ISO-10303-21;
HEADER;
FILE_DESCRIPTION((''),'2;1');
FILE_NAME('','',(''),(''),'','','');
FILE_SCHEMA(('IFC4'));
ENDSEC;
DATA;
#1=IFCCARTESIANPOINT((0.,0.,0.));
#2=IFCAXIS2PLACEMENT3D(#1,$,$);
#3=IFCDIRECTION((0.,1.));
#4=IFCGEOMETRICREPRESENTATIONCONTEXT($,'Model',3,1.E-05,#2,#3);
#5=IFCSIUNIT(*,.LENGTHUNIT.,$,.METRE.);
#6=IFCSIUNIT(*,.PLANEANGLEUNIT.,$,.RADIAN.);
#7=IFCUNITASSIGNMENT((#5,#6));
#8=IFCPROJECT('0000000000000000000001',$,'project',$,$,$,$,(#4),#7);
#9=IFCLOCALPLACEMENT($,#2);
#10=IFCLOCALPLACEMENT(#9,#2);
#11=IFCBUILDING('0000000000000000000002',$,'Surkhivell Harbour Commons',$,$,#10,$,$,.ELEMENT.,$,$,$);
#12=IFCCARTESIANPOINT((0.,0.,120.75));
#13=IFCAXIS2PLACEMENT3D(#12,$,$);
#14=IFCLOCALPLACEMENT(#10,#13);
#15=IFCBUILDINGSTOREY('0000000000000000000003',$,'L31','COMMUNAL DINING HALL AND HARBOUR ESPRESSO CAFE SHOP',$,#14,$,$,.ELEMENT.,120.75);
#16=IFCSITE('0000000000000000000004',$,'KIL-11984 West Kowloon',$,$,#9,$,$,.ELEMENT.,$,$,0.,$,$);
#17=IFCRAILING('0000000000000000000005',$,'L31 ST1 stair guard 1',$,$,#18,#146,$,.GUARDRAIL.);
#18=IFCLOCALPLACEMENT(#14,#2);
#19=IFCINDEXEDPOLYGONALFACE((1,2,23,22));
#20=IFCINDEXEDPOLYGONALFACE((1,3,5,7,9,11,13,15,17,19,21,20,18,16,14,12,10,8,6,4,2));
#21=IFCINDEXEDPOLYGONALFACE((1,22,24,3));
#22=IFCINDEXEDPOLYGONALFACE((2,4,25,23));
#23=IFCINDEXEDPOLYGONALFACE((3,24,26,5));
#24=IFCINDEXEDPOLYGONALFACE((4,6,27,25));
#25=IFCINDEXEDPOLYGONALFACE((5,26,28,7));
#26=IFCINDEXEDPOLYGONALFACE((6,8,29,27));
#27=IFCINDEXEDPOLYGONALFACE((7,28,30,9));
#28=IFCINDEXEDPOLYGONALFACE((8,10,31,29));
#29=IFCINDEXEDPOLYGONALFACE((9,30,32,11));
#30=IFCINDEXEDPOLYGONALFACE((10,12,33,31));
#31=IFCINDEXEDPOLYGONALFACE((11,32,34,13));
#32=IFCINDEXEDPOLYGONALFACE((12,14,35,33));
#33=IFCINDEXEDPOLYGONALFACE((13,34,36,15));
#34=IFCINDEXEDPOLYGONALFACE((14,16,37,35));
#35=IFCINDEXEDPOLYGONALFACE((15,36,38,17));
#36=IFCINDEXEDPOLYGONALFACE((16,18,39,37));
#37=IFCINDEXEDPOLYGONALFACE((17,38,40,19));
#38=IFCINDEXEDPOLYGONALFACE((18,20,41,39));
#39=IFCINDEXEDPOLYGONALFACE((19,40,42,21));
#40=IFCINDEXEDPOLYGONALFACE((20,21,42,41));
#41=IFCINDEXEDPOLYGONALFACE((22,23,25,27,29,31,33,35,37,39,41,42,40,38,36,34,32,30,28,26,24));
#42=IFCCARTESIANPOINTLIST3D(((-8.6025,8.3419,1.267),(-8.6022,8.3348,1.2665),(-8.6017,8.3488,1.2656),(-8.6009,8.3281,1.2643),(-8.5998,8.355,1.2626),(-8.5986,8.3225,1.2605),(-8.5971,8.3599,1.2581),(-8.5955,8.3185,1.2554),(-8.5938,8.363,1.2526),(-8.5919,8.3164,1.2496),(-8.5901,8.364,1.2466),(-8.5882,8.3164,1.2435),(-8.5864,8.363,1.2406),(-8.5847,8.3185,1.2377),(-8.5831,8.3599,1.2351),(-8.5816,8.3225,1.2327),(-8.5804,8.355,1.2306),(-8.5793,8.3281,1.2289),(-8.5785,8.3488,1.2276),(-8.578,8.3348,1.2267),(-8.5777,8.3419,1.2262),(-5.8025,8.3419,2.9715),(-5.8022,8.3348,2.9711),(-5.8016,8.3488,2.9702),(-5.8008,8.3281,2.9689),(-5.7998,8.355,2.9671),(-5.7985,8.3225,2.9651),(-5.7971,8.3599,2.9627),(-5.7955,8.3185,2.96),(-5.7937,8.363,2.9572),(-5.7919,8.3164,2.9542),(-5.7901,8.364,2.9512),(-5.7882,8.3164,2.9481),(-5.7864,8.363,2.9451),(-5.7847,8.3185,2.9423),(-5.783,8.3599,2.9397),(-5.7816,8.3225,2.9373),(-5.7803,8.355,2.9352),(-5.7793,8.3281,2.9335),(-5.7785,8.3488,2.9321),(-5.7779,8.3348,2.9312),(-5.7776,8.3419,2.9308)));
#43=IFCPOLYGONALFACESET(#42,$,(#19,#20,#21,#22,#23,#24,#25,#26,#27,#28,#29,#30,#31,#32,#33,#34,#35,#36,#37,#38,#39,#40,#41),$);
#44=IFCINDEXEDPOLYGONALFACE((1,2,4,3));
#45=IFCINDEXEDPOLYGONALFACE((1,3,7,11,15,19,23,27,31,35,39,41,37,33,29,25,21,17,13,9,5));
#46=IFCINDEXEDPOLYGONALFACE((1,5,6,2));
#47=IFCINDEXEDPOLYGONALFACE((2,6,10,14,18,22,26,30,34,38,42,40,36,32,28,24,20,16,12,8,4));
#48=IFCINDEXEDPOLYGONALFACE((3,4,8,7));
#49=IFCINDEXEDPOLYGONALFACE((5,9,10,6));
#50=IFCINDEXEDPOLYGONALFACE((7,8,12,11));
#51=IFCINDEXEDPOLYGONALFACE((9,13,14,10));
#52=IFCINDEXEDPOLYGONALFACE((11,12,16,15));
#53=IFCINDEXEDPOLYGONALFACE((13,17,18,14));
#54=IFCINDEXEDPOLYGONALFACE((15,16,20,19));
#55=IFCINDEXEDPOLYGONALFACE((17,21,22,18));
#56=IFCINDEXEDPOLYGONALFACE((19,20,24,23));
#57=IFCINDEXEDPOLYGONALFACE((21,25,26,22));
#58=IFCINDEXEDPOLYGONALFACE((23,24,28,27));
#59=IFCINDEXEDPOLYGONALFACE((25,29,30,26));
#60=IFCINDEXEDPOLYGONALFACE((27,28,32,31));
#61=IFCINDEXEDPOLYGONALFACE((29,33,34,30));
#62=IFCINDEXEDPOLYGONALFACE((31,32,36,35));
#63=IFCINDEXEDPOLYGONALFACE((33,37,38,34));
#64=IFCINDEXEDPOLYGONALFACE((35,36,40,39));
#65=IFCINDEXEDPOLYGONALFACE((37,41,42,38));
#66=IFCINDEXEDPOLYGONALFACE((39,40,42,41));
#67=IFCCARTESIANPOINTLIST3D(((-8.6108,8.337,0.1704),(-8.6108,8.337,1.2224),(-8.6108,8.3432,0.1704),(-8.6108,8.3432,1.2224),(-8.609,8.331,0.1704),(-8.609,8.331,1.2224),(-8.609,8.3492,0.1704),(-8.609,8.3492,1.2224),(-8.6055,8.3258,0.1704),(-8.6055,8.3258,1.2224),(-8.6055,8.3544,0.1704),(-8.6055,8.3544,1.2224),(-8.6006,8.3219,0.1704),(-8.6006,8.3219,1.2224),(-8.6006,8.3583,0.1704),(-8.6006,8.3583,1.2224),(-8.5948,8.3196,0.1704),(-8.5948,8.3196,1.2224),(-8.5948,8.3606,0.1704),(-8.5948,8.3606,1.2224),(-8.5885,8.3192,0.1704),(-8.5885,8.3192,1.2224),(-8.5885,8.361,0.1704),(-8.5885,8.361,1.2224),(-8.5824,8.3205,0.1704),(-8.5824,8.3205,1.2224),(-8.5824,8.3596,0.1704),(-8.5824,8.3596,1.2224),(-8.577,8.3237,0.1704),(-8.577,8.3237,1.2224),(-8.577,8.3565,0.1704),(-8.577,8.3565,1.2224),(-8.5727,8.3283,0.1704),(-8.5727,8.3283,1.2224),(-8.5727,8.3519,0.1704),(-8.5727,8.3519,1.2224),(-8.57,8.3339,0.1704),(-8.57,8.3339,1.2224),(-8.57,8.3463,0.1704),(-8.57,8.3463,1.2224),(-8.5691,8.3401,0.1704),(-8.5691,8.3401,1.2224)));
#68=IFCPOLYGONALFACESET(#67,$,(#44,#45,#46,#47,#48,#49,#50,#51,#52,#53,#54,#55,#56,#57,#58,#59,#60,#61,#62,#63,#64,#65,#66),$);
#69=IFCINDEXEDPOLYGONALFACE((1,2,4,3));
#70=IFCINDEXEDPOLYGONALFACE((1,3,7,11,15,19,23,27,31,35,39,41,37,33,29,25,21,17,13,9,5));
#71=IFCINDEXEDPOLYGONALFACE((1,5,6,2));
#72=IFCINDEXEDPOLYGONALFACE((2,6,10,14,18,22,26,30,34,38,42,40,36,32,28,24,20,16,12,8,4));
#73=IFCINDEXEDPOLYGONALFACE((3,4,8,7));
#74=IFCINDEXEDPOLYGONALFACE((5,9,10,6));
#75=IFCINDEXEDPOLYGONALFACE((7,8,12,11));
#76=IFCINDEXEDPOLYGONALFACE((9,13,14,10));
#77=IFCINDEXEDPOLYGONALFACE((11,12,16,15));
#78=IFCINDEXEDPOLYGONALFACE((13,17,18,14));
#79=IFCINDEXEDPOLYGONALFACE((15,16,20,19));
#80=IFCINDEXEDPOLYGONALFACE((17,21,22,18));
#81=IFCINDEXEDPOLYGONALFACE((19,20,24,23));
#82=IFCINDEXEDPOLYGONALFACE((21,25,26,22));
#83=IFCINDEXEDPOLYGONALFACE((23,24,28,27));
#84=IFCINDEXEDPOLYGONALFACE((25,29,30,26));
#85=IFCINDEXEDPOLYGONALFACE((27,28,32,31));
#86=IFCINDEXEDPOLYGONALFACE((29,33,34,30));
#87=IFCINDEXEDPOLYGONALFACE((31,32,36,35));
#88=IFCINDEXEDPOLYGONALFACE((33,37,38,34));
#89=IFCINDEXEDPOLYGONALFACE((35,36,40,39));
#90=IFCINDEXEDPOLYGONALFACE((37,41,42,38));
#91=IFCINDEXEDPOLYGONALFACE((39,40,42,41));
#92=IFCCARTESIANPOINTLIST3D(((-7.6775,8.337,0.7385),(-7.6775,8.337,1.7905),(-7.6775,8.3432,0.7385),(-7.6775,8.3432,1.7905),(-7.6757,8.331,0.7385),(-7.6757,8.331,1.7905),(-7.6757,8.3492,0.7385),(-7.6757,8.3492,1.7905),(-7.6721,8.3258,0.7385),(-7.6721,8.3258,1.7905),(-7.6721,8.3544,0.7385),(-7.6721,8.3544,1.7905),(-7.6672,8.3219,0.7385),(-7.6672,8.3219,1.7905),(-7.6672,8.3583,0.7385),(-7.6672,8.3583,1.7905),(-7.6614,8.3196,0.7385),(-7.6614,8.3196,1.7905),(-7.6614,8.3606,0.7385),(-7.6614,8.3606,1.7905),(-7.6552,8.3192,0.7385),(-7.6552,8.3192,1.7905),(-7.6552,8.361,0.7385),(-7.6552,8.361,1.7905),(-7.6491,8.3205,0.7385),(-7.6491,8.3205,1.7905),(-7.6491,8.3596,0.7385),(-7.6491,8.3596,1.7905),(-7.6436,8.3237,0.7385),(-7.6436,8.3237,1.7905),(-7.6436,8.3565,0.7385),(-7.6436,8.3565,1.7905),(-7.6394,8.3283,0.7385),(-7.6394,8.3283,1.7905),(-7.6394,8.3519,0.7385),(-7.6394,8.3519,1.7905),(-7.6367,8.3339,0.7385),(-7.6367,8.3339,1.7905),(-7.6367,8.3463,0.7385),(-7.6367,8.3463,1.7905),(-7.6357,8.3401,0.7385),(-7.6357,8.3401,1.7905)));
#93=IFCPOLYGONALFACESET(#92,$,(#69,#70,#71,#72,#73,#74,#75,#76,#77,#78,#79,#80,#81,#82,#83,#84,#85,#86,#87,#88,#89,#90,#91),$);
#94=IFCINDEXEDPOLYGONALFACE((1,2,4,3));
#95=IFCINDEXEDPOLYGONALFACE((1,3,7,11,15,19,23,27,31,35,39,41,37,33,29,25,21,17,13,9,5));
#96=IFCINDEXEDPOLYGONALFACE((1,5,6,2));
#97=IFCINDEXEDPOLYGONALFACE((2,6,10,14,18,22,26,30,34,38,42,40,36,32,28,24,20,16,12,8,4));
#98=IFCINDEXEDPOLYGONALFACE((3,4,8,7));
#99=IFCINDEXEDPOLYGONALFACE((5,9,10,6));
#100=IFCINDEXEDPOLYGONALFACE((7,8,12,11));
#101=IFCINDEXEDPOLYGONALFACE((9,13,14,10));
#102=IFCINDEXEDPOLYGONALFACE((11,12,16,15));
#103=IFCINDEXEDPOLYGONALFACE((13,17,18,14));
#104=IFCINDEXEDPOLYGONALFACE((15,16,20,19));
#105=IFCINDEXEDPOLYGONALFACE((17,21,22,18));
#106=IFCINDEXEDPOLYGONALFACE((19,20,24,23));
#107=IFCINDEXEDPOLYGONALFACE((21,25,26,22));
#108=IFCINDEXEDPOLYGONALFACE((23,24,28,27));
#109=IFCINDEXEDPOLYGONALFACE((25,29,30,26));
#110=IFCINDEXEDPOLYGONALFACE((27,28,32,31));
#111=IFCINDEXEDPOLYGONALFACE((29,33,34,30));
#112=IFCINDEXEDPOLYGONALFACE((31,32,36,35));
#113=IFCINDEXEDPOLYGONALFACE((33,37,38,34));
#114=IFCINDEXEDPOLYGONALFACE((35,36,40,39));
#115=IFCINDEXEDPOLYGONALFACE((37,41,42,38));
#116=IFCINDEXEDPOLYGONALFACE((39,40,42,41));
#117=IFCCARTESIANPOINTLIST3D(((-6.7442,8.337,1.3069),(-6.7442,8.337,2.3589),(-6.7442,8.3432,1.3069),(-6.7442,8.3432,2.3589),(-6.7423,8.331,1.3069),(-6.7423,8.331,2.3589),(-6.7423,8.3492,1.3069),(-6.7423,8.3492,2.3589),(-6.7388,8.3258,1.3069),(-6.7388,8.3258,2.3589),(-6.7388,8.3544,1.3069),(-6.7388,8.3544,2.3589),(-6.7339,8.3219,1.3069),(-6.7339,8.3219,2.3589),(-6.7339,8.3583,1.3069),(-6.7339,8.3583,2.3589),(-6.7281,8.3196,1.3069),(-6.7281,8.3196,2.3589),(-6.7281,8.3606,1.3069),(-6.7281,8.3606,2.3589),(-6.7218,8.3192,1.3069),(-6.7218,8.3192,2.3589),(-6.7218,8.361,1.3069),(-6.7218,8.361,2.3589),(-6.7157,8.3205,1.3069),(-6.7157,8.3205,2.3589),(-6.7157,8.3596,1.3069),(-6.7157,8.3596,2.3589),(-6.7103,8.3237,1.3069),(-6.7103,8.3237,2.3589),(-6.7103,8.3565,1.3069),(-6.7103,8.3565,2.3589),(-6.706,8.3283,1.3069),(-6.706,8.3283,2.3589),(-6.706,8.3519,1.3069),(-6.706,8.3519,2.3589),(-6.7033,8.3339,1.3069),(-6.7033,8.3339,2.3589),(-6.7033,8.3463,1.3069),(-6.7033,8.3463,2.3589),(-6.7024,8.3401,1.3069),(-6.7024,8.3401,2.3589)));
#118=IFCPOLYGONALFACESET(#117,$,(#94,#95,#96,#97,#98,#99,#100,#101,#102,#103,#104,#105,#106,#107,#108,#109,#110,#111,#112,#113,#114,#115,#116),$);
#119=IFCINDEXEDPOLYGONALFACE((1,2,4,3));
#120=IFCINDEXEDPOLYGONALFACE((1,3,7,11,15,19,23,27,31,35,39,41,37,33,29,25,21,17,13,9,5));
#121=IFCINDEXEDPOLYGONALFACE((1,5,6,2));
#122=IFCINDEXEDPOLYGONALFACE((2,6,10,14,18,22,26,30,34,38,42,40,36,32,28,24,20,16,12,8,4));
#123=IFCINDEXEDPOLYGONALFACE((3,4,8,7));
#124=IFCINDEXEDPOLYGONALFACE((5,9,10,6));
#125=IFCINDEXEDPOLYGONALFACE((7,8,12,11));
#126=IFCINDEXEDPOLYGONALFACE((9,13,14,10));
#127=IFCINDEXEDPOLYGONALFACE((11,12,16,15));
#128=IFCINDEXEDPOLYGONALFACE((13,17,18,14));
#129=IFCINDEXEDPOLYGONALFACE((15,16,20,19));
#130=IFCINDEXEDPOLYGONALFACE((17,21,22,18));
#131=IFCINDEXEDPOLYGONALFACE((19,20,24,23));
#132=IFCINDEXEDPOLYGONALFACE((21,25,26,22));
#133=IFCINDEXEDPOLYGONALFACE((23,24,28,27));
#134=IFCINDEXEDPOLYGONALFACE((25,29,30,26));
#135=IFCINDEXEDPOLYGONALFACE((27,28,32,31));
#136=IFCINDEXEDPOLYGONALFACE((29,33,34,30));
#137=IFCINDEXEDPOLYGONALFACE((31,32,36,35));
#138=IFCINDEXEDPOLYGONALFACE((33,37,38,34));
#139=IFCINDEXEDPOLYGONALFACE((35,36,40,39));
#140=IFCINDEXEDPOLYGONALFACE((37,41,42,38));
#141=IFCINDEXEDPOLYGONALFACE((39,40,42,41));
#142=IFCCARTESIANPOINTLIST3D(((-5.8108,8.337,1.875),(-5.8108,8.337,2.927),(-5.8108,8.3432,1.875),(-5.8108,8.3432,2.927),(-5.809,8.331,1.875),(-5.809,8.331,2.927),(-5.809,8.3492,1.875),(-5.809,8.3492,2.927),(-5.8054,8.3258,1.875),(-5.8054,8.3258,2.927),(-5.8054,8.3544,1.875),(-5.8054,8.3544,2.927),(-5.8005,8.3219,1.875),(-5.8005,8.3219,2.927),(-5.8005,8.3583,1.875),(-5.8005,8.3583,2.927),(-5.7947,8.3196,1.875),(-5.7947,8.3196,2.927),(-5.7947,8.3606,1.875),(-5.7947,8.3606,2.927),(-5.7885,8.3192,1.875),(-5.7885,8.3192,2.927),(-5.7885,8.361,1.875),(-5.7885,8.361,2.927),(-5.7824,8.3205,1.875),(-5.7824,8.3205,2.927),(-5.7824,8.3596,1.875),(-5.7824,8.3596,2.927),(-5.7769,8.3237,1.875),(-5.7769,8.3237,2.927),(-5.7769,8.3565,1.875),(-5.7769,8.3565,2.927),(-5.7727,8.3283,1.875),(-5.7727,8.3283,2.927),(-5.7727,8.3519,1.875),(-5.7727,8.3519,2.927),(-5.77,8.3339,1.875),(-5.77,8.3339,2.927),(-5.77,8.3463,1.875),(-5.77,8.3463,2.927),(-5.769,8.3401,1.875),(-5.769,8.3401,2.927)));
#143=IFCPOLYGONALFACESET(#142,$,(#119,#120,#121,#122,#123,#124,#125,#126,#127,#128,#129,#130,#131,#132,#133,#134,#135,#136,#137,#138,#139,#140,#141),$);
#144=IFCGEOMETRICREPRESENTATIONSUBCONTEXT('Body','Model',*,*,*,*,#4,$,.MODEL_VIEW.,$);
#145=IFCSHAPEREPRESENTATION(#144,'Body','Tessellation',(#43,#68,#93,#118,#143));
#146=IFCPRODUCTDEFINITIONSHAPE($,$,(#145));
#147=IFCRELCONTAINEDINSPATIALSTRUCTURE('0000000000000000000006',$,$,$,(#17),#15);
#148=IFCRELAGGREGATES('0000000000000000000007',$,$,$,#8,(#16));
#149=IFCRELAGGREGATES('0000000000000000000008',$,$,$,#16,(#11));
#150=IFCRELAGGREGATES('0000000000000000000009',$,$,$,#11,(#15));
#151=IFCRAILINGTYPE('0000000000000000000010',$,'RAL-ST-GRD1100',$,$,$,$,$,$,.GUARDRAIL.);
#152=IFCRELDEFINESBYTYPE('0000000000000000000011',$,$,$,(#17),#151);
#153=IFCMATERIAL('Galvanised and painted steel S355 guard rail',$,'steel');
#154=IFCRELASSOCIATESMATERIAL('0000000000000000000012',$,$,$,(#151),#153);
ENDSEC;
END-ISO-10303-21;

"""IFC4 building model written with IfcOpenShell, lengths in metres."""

from ifc_helpers import new_model, si_unit, direction, frame, origin, origin_2d, place, context, subcontext, project, spatial, circle, extrude, material, type_object, element, save


model = new_model("IFC4")

# Units and contexts
model_context = context("Model", 3, precision=1e-05, world=origin(), true_north=direction((0.0, 1.0)))
body_context = subcontext(model_context, "Body", "Model", "MODEL_VIEW")
ifc_project = project(units=[si_unit("LENGTHUNIT", "METRE"), si_unit("PLANEANGLEUNIT", "RADIAN")], contexts=[model_context])

# Site, building, storey
site_placement = place(None, origin())
site = spatial("IfcSite", under=ifc_project, at=site_placement, Name="KIL-11984 West Kowloon", CompositionType="ELEMENT", RefElevation=0.0)
building_placement = place(site_placement, origin())
building = spatial("IfcBuilding", under=site, at=building_placement, Name="Surkhivell Harbour Commons", CompositionType="ELEMENT")
storey_placement = place(building_placement, frame((0.0, 0.0, 120.75)))
storey = spatial("IfcBuildingStorey", under=building, at=storey_placement, Name="L31", Description="COMMUNAL DINING HALL AND HARBOUR ESPRESSO CAFE SHOP", CompositionType="ELEMENT", Elevation=120.75)

# Railing
ifc_material_1 = material(Name="Galvanised and painted steel S355 guard rail", Category="steel")
railing_type_1 = type_object("IfcRailingType", Name="RAL-ST-GRD1100", PredefinedType="GUARDRAIL", material=ifc_material_1)
railing_1_placement = place(storey_placement, frame((-8.5901, 8.3401, 0.1704)))
element("IfcRailing", 1, at=railing_1_placement, inside=storey, type_object=railing_type_1, Name="L31 ST1 stair guard 1", PredefinedType="GUARDRAIL", context=body_context, shape_type="SweptSolid", body=[
    extrude(circle(Radius=0.0239, at=origin_2d()), frame((0.0, 0.0, 1.0762), z_axis=(0.85417, 0.0, 0.519994), x_axis=(0.0, 1.0, 0.0)), (0.0, 0.0, 1.0), 3.2781),
    extrude(circle(Radius=0.021, at=origin_2d()), origin(), (0.0, 0.0, 1.0), 1.052),
    extrude(circle(Radius=0.021, at=origin_2d()), frame((0.9333, 0.0, 0.5681)), (0.0, 0.0, 1.0), 1.052),
    extrude(circle(Radius=0.021, at=origin_2d()), frame((1.8667, 0.0, 1.1365)), (0.0, 0.0, 1.0), 1.052),
    extrude(circle(Radius=0.021, at=origin_2d()), frame((2.8, 0.0, 1.7046)), (0.0, 0.0, 1.0), 1.052),
])

save(model, "model.ifc")
